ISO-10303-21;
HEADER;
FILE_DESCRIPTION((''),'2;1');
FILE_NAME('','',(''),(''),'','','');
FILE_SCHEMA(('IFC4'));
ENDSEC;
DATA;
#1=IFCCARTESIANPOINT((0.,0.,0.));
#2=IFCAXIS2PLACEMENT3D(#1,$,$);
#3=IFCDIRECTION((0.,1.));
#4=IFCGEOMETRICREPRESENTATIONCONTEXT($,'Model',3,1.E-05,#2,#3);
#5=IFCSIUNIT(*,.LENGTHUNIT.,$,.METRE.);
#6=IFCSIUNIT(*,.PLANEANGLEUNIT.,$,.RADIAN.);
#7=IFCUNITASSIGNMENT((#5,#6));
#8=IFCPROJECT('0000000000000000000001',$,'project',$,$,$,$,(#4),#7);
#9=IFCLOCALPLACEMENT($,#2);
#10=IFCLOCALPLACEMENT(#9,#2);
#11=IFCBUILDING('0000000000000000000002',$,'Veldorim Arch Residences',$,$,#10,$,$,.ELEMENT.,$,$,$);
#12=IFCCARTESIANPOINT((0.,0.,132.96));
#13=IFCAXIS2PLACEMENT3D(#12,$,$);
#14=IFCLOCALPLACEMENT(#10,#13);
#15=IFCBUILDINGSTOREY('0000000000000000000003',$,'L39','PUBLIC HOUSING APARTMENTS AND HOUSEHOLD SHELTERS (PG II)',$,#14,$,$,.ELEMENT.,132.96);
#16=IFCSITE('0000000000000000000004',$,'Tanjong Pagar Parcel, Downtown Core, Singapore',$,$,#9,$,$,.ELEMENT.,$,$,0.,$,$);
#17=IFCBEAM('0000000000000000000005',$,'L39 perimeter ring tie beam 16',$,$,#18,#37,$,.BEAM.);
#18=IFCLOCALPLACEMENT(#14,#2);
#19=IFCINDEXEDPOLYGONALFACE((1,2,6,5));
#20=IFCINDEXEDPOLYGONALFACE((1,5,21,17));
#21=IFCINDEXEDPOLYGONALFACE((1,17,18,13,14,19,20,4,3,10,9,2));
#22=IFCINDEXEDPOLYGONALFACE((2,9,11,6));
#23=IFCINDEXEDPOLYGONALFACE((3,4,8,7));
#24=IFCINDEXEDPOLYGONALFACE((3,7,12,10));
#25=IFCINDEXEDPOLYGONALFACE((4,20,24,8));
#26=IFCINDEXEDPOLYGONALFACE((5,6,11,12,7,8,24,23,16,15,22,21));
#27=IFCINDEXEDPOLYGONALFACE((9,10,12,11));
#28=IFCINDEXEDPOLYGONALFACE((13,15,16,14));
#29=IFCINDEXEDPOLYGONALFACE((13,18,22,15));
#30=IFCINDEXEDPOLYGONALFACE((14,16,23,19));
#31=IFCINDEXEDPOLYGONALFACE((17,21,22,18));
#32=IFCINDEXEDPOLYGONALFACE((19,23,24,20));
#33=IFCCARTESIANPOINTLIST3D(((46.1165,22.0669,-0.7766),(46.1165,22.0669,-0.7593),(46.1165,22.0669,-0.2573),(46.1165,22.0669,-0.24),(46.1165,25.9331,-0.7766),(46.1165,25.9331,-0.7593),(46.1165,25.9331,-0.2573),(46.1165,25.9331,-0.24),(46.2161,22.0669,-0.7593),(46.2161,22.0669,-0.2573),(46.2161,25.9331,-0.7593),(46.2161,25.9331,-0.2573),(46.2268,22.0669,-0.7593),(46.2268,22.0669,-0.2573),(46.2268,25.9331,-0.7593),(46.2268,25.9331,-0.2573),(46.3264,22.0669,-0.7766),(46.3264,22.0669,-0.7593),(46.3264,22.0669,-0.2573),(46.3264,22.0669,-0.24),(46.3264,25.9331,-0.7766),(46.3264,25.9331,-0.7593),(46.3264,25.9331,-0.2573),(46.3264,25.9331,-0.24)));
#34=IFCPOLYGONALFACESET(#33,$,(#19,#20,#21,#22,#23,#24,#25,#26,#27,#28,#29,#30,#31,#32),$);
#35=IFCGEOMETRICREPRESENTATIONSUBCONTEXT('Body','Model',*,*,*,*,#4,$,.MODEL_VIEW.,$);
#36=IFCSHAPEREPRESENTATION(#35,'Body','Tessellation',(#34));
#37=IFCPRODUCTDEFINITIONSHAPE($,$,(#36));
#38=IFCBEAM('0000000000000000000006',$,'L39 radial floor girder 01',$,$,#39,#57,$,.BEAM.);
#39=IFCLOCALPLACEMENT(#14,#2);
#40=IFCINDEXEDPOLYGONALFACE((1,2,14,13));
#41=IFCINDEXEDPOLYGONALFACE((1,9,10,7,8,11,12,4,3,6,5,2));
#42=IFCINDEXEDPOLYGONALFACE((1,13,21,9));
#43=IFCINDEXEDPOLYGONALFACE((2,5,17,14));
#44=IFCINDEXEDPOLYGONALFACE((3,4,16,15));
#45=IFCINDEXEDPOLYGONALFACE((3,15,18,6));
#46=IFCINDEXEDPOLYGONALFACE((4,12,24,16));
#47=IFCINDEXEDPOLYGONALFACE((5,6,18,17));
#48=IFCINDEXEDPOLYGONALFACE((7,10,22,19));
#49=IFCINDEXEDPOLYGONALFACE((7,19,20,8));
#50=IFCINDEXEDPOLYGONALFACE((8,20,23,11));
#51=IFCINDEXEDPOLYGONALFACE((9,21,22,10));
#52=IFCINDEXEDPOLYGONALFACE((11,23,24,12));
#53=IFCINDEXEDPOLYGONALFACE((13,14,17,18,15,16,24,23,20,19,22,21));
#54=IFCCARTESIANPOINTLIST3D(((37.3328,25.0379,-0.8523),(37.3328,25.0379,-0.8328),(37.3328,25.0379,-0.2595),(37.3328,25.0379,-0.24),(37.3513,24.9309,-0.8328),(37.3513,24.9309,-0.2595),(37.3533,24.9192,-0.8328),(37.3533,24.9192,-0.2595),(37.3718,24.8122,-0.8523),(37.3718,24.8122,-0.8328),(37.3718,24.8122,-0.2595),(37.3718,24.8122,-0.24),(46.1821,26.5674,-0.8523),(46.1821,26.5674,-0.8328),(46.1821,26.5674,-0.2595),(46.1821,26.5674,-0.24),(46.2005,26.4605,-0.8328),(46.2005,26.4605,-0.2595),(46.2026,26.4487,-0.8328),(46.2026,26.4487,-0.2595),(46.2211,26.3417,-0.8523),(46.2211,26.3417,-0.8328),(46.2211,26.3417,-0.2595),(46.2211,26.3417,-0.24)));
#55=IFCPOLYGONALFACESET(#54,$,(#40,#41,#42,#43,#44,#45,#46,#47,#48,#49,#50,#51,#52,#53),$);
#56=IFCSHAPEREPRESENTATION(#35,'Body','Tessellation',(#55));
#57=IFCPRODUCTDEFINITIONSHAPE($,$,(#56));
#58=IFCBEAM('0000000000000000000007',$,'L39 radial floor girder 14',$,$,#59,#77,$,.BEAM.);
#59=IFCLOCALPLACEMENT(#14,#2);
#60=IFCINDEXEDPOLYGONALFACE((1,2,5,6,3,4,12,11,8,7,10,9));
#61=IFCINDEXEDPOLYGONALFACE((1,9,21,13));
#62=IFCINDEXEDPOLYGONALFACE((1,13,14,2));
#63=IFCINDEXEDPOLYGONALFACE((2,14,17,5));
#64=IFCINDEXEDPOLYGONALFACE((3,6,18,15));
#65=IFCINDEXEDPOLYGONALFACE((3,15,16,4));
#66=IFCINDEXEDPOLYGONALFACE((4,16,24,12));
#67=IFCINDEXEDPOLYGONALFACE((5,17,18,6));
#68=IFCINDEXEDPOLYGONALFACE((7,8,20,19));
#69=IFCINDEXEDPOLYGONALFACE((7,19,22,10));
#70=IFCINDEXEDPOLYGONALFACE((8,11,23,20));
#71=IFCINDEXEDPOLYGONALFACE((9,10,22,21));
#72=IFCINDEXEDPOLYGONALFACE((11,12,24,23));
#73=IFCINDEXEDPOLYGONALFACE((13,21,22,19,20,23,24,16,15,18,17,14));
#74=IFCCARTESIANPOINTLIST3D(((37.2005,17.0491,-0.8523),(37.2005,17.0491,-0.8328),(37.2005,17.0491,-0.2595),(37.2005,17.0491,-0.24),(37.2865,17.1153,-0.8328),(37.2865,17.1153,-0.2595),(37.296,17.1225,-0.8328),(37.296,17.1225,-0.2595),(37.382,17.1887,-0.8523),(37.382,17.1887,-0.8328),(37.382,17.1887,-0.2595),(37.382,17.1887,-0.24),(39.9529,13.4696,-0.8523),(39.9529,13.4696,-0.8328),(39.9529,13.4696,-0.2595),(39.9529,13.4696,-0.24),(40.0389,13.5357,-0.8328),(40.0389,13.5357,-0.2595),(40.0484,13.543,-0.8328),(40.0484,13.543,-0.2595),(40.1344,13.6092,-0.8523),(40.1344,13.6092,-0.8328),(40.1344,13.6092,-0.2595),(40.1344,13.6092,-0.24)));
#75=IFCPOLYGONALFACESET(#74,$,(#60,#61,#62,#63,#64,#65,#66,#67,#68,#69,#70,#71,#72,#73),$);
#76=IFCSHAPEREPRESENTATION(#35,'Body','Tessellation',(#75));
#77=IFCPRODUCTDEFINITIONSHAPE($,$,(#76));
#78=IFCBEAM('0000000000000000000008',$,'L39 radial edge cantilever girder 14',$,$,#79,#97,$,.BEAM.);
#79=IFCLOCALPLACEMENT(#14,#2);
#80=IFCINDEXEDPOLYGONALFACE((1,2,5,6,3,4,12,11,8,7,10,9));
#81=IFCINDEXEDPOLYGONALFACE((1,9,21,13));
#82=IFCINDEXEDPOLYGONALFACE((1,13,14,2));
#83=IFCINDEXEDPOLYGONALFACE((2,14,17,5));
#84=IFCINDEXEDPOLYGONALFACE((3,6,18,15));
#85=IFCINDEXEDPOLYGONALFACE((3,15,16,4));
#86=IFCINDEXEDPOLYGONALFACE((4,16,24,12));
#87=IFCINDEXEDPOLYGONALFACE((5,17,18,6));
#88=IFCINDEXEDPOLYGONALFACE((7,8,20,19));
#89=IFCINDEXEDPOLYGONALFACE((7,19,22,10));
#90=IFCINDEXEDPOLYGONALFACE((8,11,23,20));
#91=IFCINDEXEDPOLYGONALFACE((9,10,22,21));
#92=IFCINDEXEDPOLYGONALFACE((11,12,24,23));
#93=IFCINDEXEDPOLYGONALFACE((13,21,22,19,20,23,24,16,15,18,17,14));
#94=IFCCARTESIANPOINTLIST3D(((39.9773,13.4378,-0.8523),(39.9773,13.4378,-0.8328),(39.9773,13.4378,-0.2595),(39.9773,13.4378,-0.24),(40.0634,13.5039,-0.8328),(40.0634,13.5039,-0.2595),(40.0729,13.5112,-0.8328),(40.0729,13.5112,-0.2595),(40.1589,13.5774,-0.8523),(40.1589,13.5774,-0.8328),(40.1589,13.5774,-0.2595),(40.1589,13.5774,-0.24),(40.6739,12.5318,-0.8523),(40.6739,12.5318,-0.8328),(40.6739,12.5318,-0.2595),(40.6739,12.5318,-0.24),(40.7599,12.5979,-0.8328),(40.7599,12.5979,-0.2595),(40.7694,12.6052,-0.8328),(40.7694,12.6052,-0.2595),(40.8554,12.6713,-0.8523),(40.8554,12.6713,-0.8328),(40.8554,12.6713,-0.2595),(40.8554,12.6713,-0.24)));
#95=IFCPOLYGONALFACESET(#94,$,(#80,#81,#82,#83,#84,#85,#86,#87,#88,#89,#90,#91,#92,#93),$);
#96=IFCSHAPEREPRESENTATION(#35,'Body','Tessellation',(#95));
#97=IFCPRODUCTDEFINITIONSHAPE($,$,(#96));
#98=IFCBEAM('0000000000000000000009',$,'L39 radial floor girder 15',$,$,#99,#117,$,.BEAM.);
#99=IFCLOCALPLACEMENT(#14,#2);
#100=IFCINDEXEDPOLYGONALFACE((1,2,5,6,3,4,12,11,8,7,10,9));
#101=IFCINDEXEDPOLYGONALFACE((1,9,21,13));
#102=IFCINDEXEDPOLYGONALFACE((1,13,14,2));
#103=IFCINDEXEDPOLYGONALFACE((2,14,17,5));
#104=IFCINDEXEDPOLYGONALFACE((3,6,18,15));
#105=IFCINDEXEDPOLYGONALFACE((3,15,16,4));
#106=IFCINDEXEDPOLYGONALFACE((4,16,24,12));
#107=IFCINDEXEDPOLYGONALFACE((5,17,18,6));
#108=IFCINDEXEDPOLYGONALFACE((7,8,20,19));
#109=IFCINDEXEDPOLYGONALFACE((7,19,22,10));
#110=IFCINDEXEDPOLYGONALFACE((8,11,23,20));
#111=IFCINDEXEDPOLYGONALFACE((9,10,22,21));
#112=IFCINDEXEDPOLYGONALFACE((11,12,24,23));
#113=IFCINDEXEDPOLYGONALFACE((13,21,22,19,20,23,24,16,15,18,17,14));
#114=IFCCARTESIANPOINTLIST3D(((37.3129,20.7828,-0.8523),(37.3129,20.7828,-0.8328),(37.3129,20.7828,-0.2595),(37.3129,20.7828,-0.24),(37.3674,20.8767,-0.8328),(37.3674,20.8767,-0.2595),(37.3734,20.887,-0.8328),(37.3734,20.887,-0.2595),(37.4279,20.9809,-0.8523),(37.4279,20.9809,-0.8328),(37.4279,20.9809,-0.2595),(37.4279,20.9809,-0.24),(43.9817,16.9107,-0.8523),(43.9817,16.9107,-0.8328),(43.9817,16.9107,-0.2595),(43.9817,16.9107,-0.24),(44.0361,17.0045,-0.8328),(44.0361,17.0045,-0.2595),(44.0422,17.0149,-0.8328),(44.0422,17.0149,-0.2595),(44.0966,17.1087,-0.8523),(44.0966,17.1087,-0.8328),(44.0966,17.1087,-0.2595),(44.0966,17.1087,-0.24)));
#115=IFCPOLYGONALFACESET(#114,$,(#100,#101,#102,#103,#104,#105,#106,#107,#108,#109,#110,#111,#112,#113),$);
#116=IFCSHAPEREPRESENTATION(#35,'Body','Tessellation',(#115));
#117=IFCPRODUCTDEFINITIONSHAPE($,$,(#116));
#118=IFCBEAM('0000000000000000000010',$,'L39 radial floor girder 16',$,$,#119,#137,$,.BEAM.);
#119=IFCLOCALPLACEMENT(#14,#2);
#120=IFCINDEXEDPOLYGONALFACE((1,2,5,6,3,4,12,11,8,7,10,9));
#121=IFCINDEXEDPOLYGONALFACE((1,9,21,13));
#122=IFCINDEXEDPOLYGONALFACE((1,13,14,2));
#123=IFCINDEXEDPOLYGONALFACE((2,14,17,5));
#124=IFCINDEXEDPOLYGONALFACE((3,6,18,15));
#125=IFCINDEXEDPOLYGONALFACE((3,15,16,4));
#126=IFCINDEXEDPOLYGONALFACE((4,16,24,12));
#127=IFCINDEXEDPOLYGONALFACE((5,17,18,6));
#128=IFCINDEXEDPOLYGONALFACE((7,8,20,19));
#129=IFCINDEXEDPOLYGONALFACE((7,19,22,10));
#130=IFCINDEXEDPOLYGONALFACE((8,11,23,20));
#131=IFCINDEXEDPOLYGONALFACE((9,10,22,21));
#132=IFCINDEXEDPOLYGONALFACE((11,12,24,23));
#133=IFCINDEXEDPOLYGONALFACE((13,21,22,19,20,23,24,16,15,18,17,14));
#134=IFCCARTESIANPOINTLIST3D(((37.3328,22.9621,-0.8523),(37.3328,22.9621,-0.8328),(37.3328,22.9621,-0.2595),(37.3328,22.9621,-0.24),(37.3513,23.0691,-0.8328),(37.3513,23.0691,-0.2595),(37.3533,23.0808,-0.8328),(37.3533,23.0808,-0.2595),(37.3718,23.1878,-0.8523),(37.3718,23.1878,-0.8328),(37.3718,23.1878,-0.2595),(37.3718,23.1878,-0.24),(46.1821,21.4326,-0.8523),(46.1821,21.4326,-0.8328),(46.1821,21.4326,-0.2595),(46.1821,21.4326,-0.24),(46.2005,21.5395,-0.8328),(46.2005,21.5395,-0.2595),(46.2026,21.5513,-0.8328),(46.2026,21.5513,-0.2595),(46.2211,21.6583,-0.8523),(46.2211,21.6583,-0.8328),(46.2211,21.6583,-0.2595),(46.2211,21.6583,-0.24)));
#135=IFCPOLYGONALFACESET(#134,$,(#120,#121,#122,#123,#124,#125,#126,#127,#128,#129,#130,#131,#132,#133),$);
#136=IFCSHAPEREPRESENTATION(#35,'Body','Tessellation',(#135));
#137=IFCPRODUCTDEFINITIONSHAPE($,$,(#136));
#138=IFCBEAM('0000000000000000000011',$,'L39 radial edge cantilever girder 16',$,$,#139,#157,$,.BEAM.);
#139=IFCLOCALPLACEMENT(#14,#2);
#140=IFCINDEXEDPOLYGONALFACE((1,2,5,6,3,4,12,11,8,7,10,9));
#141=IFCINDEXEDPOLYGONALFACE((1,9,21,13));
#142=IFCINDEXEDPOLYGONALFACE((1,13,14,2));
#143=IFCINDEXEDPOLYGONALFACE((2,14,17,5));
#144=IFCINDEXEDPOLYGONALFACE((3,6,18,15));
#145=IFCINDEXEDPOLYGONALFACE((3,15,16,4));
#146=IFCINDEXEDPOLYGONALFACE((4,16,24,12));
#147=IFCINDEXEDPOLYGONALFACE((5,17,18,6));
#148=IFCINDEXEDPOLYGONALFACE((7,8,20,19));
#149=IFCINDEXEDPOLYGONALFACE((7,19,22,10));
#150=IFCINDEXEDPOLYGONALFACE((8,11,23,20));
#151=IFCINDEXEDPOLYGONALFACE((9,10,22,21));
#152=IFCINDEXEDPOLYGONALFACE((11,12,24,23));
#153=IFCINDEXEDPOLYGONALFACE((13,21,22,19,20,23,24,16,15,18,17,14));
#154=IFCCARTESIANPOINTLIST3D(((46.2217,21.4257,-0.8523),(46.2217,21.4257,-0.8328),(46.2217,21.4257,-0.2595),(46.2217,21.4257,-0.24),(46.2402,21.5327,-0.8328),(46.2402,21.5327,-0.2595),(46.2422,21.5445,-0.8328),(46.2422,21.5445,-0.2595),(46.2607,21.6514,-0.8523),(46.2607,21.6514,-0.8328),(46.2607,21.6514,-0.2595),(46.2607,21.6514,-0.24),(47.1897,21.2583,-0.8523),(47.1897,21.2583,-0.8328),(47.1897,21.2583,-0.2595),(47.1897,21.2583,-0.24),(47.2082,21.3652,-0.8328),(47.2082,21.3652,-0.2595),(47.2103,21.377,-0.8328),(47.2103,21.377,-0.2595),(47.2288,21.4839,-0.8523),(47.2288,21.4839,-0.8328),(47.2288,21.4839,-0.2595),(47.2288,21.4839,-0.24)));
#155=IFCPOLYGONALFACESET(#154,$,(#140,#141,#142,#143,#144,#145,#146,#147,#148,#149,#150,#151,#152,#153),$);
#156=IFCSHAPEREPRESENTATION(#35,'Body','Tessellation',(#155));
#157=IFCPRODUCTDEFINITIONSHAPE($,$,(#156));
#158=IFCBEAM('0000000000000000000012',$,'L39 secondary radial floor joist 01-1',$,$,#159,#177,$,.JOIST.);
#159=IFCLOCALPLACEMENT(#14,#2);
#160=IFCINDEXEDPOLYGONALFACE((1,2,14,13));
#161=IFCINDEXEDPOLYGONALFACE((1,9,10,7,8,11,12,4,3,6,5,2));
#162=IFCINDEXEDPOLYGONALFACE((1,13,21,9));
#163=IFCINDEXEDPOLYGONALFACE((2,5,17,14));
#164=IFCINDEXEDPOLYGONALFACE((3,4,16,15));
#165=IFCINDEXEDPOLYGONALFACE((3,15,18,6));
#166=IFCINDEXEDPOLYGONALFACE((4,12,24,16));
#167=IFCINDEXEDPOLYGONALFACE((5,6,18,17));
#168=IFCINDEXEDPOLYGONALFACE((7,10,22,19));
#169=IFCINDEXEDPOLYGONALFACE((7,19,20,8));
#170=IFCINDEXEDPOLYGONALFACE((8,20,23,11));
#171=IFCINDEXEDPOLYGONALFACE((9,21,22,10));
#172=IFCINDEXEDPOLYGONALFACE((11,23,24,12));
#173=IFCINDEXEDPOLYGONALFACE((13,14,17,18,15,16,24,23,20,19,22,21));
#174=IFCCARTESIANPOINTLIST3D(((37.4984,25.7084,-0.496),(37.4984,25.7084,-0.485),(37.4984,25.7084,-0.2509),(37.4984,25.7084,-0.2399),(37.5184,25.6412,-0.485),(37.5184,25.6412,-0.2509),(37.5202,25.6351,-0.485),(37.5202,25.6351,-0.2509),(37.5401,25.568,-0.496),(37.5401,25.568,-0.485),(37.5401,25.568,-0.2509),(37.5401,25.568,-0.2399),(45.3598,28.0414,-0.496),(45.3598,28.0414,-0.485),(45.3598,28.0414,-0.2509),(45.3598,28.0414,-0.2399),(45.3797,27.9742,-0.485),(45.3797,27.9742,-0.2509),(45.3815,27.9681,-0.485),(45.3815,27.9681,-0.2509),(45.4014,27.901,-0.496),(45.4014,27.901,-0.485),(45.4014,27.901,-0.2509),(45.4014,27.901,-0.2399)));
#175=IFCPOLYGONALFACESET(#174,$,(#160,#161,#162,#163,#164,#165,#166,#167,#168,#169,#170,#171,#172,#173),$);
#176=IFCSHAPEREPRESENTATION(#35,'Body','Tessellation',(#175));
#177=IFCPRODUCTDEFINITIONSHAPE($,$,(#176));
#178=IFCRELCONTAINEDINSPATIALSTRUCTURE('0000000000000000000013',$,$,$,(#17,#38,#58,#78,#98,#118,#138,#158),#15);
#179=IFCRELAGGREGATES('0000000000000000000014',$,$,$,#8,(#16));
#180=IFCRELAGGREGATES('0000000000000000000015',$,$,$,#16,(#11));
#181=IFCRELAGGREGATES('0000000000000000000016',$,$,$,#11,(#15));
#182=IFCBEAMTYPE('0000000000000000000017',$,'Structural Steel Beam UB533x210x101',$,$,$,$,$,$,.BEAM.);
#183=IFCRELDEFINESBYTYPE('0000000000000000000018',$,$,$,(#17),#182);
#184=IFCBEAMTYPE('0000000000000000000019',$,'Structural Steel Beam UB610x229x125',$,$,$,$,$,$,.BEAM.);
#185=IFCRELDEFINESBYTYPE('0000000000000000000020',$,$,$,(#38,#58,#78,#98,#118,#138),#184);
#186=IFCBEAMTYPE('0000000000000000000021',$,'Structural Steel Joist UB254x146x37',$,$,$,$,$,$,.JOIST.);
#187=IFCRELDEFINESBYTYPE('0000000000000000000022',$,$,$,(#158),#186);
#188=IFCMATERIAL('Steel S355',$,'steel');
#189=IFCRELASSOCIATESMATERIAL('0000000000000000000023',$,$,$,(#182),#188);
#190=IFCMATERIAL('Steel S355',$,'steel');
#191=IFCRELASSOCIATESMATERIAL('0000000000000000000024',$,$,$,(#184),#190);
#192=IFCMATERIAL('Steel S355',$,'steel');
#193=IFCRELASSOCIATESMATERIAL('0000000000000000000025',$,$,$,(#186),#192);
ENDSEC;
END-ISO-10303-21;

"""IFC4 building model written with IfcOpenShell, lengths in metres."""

from ifc_helpers import new_model, si_unit, direction, frame, origin, origin_2d, place, context, subcontext, project, spatial, i_section, extrude, material, material_profile, profile_set, type_object, element, save


model = new_model("IFC4")

# Units and contexts
model_context = context("Model", 3, precision=1e-05, world=origin(), true_north=direction((0.0, 1.0)))
body_context = subcontext(model_context, "Body", "Model", "MODEL_VIEW")
ifc_project = project(units=[si_unit("LENGTHUNIT", "METRE"), si_unit("PLANEANGLEUNIT", "RADIAN")], contexts=[model_context])

# Site, building, storey
site_placement = place(None, origin())
site = spatial("IfcSite", under=ifc_project, at=site_placement, Name="Tanjong Pagar Parcel, Downtown Core, Singapore", CompositionType="ELEMENT", RefElevation=0.0)
building_placement = place(site_placement, origin())
building = spatial("IfcBuilding", under=site, at=building_placement, Name="Veldorim Arch Residences", CompositionType="ELEMENT")
storey_placement = place(building_placement, frame((0.0, 0.0, 132.96)))
storey = spatial("IfcBuildingStorey", under=building, at=storey_placement, Name="L39", Description="PUBLIC HOUSING APARTMENTS AND HOUSEHOLD SHELTERS (PG II)", CompositionType="ELEMENT", Elevation=132.96)

# Beams
ifc_material_1 = material(Name="Steel S355", Category="steel")
ifc_material_profile_1 = material_profile(ifc_material_1, i_section(OverallWidth=0.21, OverallDepth=0.5366, WebThickness=0.0107, FlangeThickness=0.0173, at=origin_2d()), Name="UB533x210x101")
ifc_profile_set_1 = profile_set([ifc_material_profile_1], Name="Steel S355")
beam_type_1 = type_object("IfcBeamType", Name="Structural Steel Beam UB533x210x101", PredefinedType="BEAM", material=ifc_profile_set_1)
beam_1_placement = place(storey_placement, frame((46.2214, 22.0669, -0.5083), z_axis=(0.0, 1.0, 0.0), x_axis=(-1.0, 0.0, 0.0)))
element("IfcBeam", 1, at=beam_1_placement, inside=storey, type_object=beam_type_1, Name="L39 perimeter ring tie beam 16", PredefinedType="BEAM", context=body_context, shape_type="SweptSolid", body=[
    extrude(i_section(OverallWidth=0.21, OverallDepth=0.5366, WebThickness=0.0107, FlangeThickness=0.0173, at=origin_2d()), origin(), (0.0, 0.0, 1.0), 3.8662),
])
ifc_material_2 = material(Name="Steel S355", Category="steel")
ifc_material_profile_2 = material_profile(ifc_material_2, i_section(OverallWidth=0.229, OverallDepth=0.6123, WebThickness=0.012, FlangeThickness=0.0195, at=origin_2d()), Name="UB610x229x125")
ifc_profile_set_2 = profile_set([ifc_material_profile_2], Name="Steel S355")
beam_type_2 = type_object("IfcBeamType", Name="Structural Steel Beam UB610x229x125", PredefinedType="BEAM", material=ifc_profile_set_2)
beam_2_placement = place(storey_placement, frame((37.3523, 24.925, -0.5461), z_axis=(0.985389, 0.170317, 0.0), x_axis=(-0.170317, 0.985389, 0.0)))
element("IfcBeam", 2, at=beam_2_placement, inside=storey, type_object=beam_type_2, Name="L39 radial floor girder 01", PredefinedType="BEAM", context=body_context, shape_type="SweptSolid", body=[
    extrude(i_section(OverallWidth=0.229, OverallDepth=0.6123, WebThickness=0.012, FlangeThickness=0.0195, at=origin_2d()), origin(), (0.0, 0.0, 1.0), 8.9805),
])
beam_3_placement = place(storey_placement, frame((37.2913, 17.1189, -0.5461), z_axis=(0.609559, -0.792741, 0.0), x_axis=(0.792741, 0.609559, 0.0)))
element("IfcBeam", 3, at=beam_3_placement, inside=storey, type_object=beam_type_2, Name="L39 radial floor girder 14", PredefinedType="BEAM", context=body_context, shape_type="SweptSolid", body=[
    extrude(i_section(OverallWidth=0.229, OverallDepth=0.6123, WebThickness=0.012, FlangeThickness=0.0195, at=origin_2d()), origin(), (0.0, 0.0, 1.0), 4.5154),
])
beam_4_placement = place(storey_placement, frame((40.0681, 13.5076, -0.5461), z_axis=(0.609494, -0.792791, 0.0), x_axis=(0.792791, 0.609494, 0.0)))
element("IfcBeam", 4, at=beam_4_placement, inside=storey, type_object=beam_type_2, Name="L39 radial edge cantilever girder 14", PredefinedType="BEAM", context=body_context, shape_type="SweptSolid", body=[
    extrude(i_section(OverallWidth=0.229, OverallDepth=0.6123, WebThickness=0.012, FlangeThickness=0.0195, at=origin_2d()), origin(), (0.0, 0.0, 1.0), 1.1428),
])
beam_5_placement = place(storey_placement, frame((37.3704, 20.8818, -0.5461), z_axis=(0.864793, -0.502128, 0.0), x_axis=(0.502128, 0.864793, 0.0)))
element("IfcBeam", 5, at=beam_5_placement, inside=storey, type_object=beam_type_2, Name="L39 radial floor girder 15", PredefinedType="BEAM", context=body_context, shape_type="SweptSolid", body=[
    extrude(i_section(OverallWidth=0.229, OverallDepth=0.6123, WebThickness=0.012, FlangeThickness=0.0195, at=origin_2d()), origin(), (0.0, 0.0, 1.0), 7.7114),
])
beam_6_placement = place(storey_placement, frame((37.3523, 23.075, -0.5461), z_axis=(0.985389, -0.170317, 0.0), x_axis=(0.170317, 0.985389, 0.0)))
element("IfcBeam", 6, at=beam_6_placement, inside=storey, type_object=beam_type_2, Name="L39 radial floor girder 16", PredefinedType="BEAM", context=body_context, shape_type="SweptSolid", body=[
    extrude(i_section(OverallWidth=0.229, OverallDepth=0.6123, WebThickness=0.012, FlangeThickness=0.0195, at=origin_2d()), origin(), (0.0, 0.0, 1.0), 8.9805),
])
beam_7_placement = place(storey_placement, frame((46.2412, 21.5386, -0.5461), z_axis=(0.985361, -0.170481, 0.0), x_axis=(0.170481, 0.985361, 0.0)))
element("IfcBeam", 7, at=beam_7_placement, inside=storey, type_object=beam_type_2, Name="L39 radial edge cantilever girder 16", PredefinedType="BEAM", context=body_context, shape_type="SweptSolid", body=[
    extrude(i_section(OverallWidth=0.229, OverallDepth=0.6123, WebThickness=0.012, FlangeThickness=0.0195, at=origin_2d()), origin(), (0.0, 0.0, 1.0), 0.9824),
])
ifc_material_3 = material(Name="Steel S355", Category="steel")
ifc_material_profile_3 = material_profile(ifc_material_3, i_section(OverallWidth=0.1465, OverallDepth=0.2561, WebThickness=0.0063, FlangeThickness=0.011, at=origin_2d()), Name="UB254x146x37")
ifc_profile_set_3 = profile_set([ifc_material_profile_3], Name="Steel S355")
beam_type_3 = type_object("IfcBeamType", Name="Structural Steel Joist UB254x146x37", PredefinedType="JOIST", material=ifc_profile_set_3)
beam_8_placement = place(storey_placement, frame((37.5193, 25.6382, -0.3679), z_axis=(0.958674, 0.284506, 0.0), x_axis=(-0.284506, 0.958674, 0.0)))
element("IfcBeam", 8, at=beam_8_placement, inside=storey, type_object=beam_type_3, Name="L39 secondary radial floor joist 01-1", PredefinedType="JOIST", context=body_context, shape_type="SweptSolid", body=[
    extrude(i_section(OverallWidth=0.1465, OverallDepth=0.2561, WebThickness=0.0063, FlangeThickness=0.011, at=origin_2d()), origin(), (0.0, 0.0, 1.0), 8.2002),
])

save(model, "model.ifc")
